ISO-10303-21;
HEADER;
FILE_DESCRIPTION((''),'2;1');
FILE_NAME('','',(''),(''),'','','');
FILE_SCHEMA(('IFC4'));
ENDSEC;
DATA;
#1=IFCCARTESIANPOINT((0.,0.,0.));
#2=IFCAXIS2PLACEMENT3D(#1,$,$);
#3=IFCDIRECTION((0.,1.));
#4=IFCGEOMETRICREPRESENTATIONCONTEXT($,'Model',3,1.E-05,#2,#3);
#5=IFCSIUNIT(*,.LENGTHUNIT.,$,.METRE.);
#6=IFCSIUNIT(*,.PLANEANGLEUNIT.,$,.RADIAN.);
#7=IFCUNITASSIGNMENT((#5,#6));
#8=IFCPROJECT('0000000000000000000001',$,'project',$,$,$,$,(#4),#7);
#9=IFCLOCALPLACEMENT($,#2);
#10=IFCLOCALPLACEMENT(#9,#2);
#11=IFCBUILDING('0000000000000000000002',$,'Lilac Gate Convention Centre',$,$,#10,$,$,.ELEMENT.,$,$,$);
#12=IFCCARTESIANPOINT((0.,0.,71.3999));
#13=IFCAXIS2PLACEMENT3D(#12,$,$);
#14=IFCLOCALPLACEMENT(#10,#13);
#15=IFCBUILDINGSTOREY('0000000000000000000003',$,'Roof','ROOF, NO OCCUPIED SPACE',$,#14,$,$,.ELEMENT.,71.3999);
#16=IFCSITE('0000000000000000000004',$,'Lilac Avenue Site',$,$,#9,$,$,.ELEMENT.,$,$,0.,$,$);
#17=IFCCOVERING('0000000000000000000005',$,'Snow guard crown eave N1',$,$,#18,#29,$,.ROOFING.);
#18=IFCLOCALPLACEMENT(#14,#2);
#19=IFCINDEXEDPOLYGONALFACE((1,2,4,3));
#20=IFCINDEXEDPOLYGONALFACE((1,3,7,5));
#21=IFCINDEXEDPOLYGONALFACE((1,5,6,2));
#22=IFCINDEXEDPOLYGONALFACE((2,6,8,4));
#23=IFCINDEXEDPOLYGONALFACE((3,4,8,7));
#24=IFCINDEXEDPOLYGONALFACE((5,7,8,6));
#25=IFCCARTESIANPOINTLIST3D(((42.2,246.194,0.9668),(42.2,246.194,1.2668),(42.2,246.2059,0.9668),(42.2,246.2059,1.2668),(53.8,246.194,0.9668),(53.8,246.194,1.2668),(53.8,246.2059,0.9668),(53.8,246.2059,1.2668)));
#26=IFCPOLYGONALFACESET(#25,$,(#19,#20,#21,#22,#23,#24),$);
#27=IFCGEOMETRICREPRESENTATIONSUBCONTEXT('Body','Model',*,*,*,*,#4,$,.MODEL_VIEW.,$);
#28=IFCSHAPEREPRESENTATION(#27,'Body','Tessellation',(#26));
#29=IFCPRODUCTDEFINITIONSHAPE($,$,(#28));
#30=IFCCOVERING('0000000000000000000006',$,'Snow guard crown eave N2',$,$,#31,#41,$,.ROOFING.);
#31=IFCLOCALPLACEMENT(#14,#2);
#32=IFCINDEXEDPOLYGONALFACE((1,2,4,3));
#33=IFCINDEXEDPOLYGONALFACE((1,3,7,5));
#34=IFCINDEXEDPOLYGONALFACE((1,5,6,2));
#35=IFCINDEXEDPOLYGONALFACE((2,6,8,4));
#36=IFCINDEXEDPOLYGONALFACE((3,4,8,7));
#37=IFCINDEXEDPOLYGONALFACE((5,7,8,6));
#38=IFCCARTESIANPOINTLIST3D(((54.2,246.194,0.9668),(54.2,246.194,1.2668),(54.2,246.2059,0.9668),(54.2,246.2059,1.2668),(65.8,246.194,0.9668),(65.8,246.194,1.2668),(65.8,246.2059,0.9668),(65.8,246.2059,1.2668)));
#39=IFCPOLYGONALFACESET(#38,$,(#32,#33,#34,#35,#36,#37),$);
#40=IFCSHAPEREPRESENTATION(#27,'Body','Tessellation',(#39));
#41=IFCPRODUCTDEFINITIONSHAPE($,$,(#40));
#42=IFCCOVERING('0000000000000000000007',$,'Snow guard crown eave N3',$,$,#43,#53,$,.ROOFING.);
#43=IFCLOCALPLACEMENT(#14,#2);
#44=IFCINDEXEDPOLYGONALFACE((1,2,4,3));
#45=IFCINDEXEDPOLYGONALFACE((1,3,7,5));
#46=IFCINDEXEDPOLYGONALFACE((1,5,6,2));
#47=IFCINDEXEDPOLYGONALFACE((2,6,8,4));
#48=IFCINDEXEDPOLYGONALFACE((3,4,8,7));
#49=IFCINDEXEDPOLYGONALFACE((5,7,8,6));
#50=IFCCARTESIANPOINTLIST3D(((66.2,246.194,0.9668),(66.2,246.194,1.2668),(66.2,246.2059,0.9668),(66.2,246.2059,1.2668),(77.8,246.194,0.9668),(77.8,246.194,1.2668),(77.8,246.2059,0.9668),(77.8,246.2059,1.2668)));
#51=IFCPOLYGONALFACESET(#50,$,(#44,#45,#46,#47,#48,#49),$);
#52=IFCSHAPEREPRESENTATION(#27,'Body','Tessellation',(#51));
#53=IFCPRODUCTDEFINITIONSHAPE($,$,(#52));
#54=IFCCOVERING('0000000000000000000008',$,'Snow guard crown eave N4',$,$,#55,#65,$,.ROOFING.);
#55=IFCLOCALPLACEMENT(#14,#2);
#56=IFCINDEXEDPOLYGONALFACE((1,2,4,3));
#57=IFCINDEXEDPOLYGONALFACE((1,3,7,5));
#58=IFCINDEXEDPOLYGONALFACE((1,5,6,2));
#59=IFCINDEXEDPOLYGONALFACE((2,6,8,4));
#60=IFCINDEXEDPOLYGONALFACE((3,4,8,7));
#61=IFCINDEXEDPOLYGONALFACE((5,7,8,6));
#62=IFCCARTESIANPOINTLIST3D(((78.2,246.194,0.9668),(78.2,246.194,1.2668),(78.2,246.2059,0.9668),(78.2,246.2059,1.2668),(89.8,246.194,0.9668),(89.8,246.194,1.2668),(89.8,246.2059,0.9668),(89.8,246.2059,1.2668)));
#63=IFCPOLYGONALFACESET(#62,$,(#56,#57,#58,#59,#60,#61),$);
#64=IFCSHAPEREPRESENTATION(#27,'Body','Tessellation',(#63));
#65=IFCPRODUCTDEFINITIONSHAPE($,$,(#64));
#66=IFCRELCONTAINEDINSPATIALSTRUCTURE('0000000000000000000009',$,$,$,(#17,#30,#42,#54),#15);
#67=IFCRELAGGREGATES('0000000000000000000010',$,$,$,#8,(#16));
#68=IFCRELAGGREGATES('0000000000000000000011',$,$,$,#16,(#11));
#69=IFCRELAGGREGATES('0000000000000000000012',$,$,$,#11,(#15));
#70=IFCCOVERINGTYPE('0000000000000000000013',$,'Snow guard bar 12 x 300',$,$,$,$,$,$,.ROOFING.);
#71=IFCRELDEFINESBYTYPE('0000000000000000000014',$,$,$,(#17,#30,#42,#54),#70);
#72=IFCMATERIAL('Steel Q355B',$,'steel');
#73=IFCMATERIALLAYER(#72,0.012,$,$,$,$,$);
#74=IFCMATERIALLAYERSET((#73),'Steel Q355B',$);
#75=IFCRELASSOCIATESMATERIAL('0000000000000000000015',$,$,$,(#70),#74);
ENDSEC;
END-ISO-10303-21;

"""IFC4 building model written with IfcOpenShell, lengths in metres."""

from ifc_helpers import new_model, si_unit, direction, frame, origin, origin_2d, place, context, subcontext, project, spatial, rectangle, extrude, material, layer, layer_set, type_object, element, save


model = new_model("IFC4")

# Units and contexts
model_context = context("Model", 3, precision=1e-05, world=origin(), true_north=direction((0.0, 1.0)))
body_context = subcontext(model_context, "Body", "Model", "MODEL_VIEW")
ifc_project = project(units=[si_unit("LENGTHUNIT", "METRE"), si_unit("PLANEANGLEUNIT", "RADIAN")], contexts=[model_context])

# Site, building, storey
site_placement = place(None, origin())
site = spatial("IfcSite", under=ifc_project, at=site_placement, Name="Lilac Avenue Site", CompositionType="ELEMENT", RefElevation=0.0)
building_placement = place(site_placement, origin())
building = spatial("IfcBuilding", under=site, at=building_placement, Name="Lilac Gate Convention Centre", CompositionType="ELEMENT")
storey_placement = place(building_placement, frame((0.0, 0.0, 71.3999)))
storey = spatial("IfcBuildingStorey", under=building, at=storey_placement, Name="Roof", Description="ROOF, NO OCCUPIED SPACE", CompositionType="ELEMENT", Elevation=71.3999)

# Shared definitions
ifc_material_1 = material(Name="Steel Q355B", Category="steel")

# Coverings
ifc_layer_1 = layer(ifc_material_1, 0.012)
ifc_layer_set_1 = layer_set([ifc_layer_1], Name="Steel Q355B")
covering_type = type_object("IfcCoveringType", Name="Snow guard bar 12 x 300", PredefinedType="ROOFING", material=ifc_layer_set_1)
for number, where, z_axis, x_axis, name in (
    (1, (48.0, 246.2, 0.9668), (0.0, 0.0, 1.0), (1.0, 0.0, 0.0), "Snow guard crown eave N1"),
    (2, (60.0, 246.2, 0.9668), (0.0, 0.0, 1.0), (1.0, 0.0, 0.0), "Snow guard crown eave N2"),
    (3, (72.0, 246.2, 0.9668), (0.0, 0.0, 1.0), (1.0, 0.0, 0.0), "Snow guard crown eave N3"),
    (4, (84.0, 246.2, 0.9668), (0.0, 0.0, 1.0), (1.0, 0.0, 0.0), "Snow guard crown eave N4"),
):
    element("IfcCovering", number, at=place(storey_placement, frame(where, z_axis=z_axis, x_axis=x_axis)), inside=storey, type_object=covering_type, Name=name, PredefinedType="ROOFING", context=body_context, shape_type="SweptSolid", body=[
        extrude(rectangle(XDim=11.6001, YDim=0.012, at=origin_2d()), origin(), (0.0, 0.0, 1.0), 0.3),
    ])

save(model, "model.ifc")
